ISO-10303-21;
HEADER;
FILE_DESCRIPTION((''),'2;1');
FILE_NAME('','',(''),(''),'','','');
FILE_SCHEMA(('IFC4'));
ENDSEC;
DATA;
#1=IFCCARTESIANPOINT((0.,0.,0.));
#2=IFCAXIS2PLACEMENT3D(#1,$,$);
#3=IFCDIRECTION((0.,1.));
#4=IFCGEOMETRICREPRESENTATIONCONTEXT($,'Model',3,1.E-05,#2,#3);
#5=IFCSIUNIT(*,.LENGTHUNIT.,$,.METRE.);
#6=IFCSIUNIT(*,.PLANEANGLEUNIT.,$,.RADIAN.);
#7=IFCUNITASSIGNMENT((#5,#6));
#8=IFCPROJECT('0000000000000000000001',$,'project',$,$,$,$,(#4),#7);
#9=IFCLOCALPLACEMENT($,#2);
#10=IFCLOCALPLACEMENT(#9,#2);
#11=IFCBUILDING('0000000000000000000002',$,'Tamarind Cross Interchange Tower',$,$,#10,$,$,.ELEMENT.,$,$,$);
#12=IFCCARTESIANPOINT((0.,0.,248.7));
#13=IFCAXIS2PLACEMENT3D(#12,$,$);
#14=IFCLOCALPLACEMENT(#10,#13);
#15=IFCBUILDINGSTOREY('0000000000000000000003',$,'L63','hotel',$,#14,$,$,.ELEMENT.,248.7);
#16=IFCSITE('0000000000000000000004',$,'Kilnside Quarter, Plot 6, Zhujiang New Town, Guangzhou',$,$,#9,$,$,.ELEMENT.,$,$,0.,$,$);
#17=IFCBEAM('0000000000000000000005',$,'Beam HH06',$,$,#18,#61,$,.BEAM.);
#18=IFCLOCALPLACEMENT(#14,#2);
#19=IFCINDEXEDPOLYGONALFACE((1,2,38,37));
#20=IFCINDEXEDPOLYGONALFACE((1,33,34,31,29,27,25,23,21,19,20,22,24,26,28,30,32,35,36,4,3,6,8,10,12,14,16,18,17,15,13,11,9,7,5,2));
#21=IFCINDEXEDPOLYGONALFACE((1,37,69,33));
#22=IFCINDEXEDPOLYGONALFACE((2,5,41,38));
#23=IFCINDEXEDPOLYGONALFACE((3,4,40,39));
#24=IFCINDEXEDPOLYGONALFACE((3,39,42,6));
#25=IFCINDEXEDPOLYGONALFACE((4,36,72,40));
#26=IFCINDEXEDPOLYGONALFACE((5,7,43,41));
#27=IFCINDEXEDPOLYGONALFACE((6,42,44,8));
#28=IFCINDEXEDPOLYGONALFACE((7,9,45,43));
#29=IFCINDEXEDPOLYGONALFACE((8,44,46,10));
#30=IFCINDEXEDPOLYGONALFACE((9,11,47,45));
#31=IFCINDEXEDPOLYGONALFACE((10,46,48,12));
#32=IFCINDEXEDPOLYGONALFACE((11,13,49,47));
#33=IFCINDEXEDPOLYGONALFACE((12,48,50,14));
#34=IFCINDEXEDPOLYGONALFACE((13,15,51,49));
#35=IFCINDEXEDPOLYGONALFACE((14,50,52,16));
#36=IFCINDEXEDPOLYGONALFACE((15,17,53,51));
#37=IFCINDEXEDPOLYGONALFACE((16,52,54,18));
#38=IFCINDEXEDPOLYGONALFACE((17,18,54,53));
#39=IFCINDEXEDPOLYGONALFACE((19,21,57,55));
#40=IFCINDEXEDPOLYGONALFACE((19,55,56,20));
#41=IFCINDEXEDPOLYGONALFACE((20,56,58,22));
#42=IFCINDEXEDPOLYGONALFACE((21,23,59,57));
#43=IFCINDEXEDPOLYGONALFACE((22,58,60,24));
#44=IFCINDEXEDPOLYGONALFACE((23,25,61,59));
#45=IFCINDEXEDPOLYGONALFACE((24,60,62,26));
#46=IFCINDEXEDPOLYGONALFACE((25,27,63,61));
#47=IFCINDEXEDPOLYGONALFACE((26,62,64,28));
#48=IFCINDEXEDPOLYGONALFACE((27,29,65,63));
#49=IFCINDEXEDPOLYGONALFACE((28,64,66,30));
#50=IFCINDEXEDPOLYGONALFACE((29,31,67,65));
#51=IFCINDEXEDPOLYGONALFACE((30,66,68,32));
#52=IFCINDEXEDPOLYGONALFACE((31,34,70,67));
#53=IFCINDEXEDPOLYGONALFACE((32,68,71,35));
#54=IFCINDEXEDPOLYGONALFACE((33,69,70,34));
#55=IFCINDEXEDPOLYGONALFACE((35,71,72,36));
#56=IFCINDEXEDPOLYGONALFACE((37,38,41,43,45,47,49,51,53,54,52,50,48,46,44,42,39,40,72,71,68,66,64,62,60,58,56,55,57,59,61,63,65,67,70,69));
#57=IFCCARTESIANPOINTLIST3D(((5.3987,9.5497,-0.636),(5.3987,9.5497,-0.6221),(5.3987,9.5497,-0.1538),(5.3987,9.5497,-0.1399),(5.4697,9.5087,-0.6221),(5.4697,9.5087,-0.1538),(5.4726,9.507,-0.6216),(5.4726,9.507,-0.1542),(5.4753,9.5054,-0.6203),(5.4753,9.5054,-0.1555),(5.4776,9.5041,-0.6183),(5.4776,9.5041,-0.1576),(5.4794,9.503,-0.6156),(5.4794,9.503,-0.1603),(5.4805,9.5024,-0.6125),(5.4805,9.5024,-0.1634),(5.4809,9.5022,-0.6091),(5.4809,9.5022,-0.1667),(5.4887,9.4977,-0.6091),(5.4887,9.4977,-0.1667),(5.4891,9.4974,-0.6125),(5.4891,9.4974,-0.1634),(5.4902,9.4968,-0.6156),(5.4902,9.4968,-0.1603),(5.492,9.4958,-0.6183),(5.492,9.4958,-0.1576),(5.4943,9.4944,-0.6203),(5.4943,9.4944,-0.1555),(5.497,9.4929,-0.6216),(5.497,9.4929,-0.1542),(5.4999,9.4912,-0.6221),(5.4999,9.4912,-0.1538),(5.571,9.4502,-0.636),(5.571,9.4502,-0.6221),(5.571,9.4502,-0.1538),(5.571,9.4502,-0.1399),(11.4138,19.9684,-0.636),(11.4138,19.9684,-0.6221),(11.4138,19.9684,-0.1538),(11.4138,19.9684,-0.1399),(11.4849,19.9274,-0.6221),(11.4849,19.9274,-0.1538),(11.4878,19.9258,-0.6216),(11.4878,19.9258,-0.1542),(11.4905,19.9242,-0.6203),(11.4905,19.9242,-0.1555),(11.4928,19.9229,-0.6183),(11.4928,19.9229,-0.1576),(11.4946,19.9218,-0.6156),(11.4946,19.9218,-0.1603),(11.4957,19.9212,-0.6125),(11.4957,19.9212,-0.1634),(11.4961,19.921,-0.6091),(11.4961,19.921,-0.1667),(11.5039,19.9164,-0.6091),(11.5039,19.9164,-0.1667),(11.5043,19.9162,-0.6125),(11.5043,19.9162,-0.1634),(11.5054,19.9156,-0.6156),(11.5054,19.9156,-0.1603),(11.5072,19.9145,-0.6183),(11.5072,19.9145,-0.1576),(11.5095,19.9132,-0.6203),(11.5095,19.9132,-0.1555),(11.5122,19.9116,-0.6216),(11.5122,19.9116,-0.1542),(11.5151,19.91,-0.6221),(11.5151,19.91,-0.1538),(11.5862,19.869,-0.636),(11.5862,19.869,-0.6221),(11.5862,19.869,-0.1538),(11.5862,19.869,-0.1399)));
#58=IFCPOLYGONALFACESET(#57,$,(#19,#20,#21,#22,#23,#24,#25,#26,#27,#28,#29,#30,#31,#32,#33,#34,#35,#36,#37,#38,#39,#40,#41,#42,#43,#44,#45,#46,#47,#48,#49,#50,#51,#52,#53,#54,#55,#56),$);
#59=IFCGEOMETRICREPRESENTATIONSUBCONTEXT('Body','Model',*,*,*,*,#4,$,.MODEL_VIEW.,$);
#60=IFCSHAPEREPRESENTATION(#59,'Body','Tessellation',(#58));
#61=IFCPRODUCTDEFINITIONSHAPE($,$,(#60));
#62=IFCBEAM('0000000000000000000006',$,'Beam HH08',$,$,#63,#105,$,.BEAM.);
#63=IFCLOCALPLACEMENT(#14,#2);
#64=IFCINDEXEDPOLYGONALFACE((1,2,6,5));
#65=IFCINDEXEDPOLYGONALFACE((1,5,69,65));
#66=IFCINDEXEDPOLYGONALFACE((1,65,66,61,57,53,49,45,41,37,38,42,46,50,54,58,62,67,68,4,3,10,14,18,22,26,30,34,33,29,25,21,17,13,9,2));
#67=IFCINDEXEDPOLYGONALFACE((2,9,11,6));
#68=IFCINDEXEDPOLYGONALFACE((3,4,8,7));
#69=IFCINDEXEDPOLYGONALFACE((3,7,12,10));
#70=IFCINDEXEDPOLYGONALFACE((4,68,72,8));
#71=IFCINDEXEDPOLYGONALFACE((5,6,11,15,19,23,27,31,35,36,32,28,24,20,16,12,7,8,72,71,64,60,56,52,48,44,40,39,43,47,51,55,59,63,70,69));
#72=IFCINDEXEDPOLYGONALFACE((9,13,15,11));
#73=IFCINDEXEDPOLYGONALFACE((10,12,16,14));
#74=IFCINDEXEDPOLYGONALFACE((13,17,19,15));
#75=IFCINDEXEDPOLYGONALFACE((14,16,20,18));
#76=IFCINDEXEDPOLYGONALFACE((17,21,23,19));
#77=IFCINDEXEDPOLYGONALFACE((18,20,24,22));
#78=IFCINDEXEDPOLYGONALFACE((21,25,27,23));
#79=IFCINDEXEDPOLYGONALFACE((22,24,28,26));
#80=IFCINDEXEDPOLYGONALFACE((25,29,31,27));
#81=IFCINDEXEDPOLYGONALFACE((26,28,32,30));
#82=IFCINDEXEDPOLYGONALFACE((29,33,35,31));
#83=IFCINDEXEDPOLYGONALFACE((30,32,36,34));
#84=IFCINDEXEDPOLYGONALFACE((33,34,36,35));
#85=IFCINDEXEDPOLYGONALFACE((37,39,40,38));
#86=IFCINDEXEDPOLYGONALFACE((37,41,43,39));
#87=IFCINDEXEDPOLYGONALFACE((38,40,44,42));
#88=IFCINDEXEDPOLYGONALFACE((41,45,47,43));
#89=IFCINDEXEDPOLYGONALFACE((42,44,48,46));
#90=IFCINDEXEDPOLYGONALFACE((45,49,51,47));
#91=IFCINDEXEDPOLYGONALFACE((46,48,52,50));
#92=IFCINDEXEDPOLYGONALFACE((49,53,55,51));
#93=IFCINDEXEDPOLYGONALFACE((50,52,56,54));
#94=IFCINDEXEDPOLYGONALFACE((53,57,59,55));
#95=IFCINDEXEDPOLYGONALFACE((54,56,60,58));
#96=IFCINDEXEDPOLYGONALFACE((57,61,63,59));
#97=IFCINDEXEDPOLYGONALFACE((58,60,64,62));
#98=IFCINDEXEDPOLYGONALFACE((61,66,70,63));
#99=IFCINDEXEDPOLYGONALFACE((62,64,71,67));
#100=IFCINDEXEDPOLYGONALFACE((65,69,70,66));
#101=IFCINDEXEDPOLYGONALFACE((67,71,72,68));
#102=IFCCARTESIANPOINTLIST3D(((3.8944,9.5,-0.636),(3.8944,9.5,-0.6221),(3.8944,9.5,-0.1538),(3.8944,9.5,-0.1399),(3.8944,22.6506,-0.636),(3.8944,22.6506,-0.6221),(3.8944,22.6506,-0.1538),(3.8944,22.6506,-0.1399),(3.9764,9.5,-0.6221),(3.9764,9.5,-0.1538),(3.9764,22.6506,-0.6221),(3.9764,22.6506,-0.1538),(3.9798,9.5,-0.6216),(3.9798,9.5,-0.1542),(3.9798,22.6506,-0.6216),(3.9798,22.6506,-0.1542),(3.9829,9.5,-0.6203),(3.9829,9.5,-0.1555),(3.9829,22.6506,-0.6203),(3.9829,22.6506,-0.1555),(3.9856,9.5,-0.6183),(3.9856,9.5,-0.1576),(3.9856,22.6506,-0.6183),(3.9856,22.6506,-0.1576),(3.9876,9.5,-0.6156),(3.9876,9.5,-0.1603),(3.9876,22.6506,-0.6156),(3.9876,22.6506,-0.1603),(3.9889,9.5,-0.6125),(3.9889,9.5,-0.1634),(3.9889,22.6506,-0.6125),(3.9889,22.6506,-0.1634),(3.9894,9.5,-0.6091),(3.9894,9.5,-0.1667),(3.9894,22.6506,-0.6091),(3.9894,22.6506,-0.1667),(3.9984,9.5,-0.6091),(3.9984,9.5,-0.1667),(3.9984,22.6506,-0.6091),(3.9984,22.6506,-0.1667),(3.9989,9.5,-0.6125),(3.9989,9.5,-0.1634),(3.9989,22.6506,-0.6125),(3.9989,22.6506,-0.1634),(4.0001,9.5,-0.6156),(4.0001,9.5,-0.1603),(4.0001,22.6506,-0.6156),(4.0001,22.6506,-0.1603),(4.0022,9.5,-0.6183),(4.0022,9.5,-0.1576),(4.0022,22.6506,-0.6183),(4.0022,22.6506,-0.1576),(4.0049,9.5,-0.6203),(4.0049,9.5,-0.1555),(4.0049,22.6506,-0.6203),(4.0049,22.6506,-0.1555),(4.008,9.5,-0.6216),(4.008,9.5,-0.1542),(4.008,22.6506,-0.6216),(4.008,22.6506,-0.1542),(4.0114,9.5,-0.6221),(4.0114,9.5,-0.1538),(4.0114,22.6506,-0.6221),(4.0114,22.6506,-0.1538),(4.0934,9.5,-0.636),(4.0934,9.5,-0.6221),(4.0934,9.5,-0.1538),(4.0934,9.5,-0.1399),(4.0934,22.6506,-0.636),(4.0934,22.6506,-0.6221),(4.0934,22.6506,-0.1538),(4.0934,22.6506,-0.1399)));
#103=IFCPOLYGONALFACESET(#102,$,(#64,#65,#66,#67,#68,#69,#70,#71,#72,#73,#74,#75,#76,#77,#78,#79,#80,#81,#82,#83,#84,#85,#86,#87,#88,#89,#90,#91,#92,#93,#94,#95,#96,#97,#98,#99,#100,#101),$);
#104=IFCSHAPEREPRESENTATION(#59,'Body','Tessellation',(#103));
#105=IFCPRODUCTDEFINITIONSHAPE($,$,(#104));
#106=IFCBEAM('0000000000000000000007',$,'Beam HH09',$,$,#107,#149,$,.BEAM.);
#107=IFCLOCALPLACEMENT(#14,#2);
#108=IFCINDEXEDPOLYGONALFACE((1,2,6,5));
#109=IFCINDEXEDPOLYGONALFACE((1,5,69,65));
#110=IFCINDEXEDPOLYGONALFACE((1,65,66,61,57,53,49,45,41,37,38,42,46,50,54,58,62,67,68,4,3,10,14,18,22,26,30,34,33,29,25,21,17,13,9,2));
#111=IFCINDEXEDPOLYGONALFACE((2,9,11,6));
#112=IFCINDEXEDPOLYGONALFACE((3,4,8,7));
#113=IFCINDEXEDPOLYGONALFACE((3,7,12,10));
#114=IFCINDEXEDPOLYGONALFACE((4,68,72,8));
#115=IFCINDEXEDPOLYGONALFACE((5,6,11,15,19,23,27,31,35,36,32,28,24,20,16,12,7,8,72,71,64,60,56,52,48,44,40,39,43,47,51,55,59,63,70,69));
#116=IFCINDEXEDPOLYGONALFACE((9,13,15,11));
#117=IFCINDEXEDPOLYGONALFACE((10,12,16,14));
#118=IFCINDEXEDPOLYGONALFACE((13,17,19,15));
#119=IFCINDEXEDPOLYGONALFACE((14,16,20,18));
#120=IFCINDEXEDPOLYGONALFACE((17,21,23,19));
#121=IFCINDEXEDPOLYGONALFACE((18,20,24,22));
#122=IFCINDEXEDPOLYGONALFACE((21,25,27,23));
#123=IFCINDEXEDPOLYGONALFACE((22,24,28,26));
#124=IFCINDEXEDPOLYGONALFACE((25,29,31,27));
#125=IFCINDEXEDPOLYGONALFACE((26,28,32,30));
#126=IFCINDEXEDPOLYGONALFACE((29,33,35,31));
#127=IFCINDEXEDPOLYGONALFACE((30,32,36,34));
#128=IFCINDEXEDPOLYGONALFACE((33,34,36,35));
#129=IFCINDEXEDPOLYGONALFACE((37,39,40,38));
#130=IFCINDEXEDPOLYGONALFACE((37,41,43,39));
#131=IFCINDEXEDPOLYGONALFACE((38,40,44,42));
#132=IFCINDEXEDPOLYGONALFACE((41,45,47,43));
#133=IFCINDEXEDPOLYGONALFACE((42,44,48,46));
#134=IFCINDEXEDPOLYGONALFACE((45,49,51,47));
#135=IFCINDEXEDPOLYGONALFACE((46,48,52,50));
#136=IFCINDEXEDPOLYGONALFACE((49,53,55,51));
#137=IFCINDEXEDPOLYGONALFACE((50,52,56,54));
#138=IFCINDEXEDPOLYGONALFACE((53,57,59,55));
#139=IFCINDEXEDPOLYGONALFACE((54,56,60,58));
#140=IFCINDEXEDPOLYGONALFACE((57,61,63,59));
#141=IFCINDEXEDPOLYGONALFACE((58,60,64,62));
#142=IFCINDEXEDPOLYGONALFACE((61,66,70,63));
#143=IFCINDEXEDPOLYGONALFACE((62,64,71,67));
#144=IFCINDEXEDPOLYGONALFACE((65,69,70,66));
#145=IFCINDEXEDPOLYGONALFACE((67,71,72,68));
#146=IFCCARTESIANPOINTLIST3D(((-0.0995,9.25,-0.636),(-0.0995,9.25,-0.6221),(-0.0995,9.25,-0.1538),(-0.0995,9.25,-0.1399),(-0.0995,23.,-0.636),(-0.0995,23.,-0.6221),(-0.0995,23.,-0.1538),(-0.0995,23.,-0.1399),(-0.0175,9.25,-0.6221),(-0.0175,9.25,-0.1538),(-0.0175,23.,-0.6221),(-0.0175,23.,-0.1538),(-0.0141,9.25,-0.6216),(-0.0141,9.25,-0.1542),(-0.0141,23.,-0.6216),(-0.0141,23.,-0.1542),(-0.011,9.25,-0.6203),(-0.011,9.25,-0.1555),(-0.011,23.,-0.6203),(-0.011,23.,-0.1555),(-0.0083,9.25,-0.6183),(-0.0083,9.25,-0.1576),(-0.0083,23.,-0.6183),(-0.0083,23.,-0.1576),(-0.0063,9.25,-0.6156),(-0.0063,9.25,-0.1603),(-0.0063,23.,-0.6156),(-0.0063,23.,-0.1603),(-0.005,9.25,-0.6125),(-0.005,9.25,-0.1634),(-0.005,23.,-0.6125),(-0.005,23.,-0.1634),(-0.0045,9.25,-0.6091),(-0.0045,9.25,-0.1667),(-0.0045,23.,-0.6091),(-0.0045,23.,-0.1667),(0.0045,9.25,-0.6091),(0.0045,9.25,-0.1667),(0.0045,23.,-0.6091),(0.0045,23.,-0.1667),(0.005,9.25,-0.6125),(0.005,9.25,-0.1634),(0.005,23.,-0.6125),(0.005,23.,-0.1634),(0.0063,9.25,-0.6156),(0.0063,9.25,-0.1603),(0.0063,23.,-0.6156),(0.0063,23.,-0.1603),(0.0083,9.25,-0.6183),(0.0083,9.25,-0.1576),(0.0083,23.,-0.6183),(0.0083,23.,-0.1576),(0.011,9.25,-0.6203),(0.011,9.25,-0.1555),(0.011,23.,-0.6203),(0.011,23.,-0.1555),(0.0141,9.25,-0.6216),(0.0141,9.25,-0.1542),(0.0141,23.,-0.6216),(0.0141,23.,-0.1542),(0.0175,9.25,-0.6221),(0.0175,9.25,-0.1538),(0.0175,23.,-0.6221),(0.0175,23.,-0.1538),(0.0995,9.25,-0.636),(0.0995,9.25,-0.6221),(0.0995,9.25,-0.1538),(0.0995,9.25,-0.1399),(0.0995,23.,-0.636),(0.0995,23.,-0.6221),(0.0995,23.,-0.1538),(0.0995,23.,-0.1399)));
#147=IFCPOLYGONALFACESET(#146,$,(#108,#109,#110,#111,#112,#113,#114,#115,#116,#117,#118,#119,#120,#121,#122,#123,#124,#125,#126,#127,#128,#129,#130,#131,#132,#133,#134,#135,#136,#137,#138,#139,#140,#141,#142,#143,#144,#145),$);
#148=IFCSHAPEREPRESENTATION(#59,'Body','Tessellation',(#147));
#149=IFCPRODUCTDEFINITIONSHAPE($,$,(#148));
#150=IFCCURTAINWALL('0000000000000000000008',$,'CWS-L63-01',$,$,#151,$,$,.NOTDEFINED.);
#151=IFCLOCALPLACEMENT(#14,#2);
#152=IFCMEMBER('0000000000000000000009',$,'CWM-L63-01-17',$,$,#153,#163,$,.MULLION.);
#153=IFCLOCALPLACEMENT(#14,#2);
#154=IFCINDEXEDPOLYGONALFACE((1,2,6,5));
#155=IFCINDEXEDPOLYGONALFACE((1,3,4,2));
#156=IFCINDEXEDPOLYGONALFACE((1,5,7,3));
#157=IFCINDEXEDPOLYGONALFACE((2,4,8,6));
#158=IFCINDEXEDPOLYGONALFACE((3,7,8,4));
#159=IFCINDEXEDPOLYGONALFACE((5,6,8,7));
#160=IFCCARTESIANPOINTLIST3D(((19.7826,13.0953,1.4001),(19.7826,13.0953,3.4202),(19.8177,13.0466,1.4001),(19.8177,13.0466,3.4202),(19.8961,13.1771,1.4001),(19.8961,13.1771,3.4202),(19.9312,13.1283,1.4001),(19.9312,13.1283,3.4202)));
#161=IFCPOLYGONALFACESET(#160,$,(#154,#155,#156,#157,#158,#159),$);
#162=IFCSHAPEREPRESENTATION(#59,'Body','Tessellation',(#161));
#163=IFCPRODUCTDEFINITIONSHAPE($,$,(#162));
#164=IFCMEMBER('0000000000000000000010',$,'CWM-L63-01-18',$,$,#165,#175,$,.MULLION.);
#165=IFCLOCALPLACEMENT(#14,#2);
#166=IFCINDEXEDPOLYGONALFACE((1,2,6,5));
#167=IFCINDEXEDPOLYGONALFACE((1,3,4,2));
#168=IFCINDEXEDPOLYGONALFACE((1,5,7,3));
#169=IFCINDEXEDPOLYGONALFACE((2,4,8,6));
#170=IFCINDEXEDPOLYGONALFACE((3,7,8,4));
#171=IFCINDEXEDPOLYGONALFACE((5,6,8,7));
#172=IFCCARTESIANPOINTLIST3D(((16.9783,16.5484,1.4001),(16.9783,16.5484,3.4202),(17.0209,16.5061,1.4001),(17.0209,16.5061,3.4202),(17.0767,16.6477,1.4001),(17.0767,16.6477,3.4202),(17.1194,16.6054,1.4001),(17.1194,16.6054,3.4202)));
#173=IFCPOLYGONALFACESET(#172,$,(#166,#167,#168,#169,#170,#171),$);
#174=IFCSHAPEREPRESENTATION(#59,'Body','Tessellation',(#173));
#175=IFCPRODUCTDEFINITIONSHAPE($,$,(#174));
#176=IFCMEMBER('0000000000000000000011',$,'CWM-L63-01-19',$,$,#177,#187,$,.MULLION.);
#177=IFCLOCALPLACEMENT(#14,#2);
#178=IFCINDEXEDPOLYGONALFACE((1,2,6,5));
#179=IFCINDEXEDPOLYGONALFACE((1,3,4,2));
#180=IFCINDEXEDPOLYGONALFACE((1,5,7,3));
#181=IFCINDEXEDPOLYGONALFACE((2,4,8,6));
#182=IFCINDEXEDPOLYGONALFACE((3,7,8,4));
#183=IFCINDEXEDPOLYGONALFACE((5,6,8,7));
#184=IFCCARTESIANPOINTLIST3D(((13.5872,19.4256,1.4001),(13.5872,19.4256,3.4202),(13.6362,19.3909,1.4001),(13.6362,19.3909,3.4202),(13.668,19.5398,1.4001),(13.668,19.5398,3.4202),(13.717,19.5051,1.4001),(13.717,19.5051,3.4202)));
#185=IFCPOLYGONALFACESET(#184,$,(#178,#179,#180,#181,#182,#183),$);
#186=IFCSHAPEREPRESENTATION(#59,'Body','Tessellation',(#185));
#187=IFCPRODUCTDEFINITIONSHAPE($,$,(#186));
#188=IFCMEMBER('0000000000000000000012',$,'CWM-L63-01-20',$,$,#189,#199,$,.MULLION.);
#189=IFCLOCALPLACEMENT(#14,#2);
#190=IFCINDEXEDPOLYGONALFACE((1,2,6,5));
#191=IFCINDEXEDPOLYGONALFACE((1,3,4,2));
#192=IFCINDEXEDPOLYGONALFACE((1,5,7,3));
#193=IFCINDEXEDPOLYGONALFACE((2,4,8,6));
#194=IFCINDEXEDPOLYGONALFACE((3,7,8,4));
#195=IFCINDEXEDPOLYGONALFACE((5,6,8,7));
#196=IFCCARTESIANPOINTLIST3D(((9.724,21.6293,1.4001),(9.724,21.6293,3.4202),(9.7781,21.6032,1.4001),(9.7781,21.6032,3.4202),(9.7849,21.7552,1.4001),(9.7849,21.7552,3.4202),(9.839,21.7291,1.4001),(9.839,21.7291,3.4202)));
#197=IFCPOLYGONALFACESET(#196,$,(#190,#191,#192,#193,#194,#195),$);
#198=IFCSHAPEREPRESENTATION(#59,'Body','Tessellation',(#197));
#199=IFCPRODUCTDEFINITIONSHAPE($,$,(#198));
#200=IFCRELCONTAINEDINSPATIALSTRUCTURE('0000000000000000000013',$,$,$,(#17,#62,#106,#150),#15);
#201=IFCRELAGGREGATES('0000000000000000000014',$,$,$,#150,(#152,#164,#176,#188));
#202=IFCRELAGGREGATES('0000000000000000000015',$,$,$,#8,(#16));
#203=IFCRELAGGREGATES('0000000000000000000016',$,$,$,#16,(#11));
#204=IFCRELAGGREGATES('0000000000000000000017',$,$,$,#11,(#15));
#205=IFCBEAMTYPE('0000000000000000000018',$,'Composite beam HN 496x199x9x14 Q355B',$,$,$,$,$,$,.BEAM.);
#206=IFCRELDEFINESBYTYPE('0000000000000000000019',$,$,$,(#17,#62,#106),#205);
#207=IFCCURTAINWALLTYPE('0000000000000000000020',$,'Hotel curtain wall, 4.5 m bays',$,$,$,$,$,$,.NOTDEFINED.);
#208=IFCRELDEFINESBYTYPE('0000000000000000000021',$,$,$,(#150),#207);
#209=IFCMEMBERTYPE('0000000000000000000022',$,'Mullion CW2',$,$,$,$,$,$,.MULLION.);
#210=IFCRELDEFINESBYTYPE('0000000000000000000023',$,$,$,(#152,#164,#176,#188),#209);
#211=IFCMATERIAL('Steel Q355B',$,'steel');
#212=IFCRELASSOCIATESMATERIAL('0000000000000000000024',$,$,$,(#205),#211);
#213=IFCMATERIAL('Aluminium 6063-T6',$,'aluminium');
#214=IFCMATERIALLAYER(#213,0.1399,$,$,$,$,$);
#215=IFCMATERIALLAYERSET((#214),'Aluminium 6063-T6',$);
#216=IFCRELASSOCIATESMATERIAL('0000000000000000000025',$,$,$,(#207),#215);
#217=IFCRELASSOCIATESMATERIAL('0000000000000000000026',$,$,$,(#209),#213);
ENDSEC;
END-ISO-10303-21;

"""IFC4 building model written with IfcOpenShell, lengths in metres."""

from ifc_helpers import new_model, si_unit, direction, frame, origin, origin_2d, place, context, subcontext, project, spatial, rectangle, i_section, extrude, material, layer, layer_set, material_profile, profile_set, type_object, element, aggregate, save


model = new_model("IFC4")

# Units and contexts
model_context = context("Model", 3, precision=1e-05, world=origin(), true_north=direction((0.0, 1.0)))
body_context = subcontext(model_context, "Body", "Model", "MODEL_VIEW")
ifc_project = project(units=[si_unit("LENGTHUNIT", "METRE"), si_unit("PLANEANGLEUNIT", "RADIAN")], contexts=[model_context])

# Site, building, storey
site_placement = place(None, origin())
site = spatial("IfcSite", under=ifc_project, at=site_placement, Name="Kilnside Quarter, Plot 6, Zhujiang New Town, Guangzhou", CompositionType="ELEMENT", RefElevation=0.0)
building_placement = place(site_placement, origin())
building = spatial("IfcBuilding", under=site, at=building_placement, Name="Tamarind Cross Interchange Tower", CompositionType="ELEMENT")
storey_placement = place(building_placement, frame((0.0, 0.0, 248.7)))
storey = spatial("IfcBuildingStorey", under=building, at=storey_placement, Name="L63", Description="hotel", CompositionType="ELEMENT", Elevation=248.7)

# Beams
ifc_material_1 = material(Name="Steel Q355B", Category="steel")
ifc_material_profile_1 = material_profile(ifc_material_1, i_section(OverallWidth=0.199, OverallDepth=0.4961, WebThickness=0.009, FlangeThickness=0.0139, FilletRadius=0.0129, at=origin_2d()), Name="HN 496x199x9x14")
ifc_profile_set_1 = profile_set([ifc_material_profile_1], Name="Steel Q355B")
beam_type = type_object("IfcBeamType", Name="Composite beam HN 496x199x9x14 Q355B", PredefinedType="BEAM", material=ifc_profile_set_1)
beam_1_placement = place(storey_placement, frame((11.5, 19.9187, -0.3879), z_axis=(-0.499994, -0.866029, 0.0), x_axis=(0.866029, -0.499994, 0.0)))
element("IfcBeam", 1, at=beam_1_placement, inside=storey, type_object=beam_type, Name="Beam HH06", PredefinedType="BEAM", context=body_context, shape_type="SweptSolid", body=[
    extrude(i_section(OverallWidth=0.199, OverallDepth=0.4961, WebThickness=0.009, FlangeThickness=0.0139, FilletRadius=0.0129, at=origin_2d()), origin(), (0.0, 0.0, 1.0), 12.0305),
])
beam_2_placement = place(storey_placement, frame((3.9939, 22.6506, -0.3879), z_axis=(0.0, -1.0, 0.0), x_axis=(1.0, 0.0, 0.0)))
element("IfcBeam", 2, at=beam_2_placement, inside=storey, type_object=beam_type, Name="Beam HH08", PredefinedType="BEAM", context=body_context, shape_type="SweptSolid", body=[
    extrude(i_section(OverallWidth=0.199, OverallDepth=0.4961, WebThickness=0.009, FlangeThickness=0.0139, FilletRadius=0.0129, at=origin_2d()), origin(), (0.0, 0.0, 1.0), 13.1506),
])
beam_3_placement = place(storey_placement, frame((0.0, 23.0, -0.3879), z_axis=(0.0, -1.0, 0.0), x_axis=(1.0, 0.0, 0.0)))
element("IfcBeam", 3, at=beam_3_placement, inside=storey, type_object=beam_type, Name="Beam HH09", PredefinedType="BEAM", context=body_context, shape_type="SweptSolid", body=[
    extrude(i_section(OverallWidth=0.199, OverallDepth=0.4961, WebThickness=0.009, FlangeThickness=0.0139, FilletRadius=0.0129, at=origin_2d()), origin(), (0.0, 0.0, 1.0), 13.75),
])

# Curtain wall, members
ifc_material_2 = material(Name="Aluminium 6063-T6", Category="aluminium")
ifc_layer_1 = layer(ifc_material_2, 0.1399)
ifc_layer_set_1 = layer_set([ifc_layer_1], Name="Aluminium 6063-T6")
curtain_wall_type = type_object("IfcCurtainWallType", Name="Hotel curtain wall, 4.5 m bays", PredefinedType="NOTDEFINED", material=ifc_layer_set_1)
curtain_wall_1_placement = place(storey_placement, origin())
curtain_wall_1 = element("IfcCurtainWall", 4, at=curtain_wall_1_placement, inside=storey, type_object=curtain_wall_type, Name="CWS-L63-01", PredefinedType="NOTDEFINED")
ifc_material_profile_2 = material_profile(ifc_material_2, rectangle(XDim=0.0601, YDim=0.1399, at=origin_2d()), Name="Mullion CW2")
ifc_profile_set_2 = profile_set([ifc_material_profile_2], Name="Aluminium 6063-T6")
member_type = type_object("IfcMemberType", Name="Mullion CW2", PredefinedType="MULLION", material=ifc_profile_set_2)
member_1_placement = place(storey_placement, frame((19.8569, 13.1118, 1.4001), z_axis=(0.0, 0.0, 1.0), x_axis=(-0.584574, 0.81134, 0.0)))
member_1 = element("IfcMember", 5, at=member_1_placement, type_object=member_type, Name="CWM-L63-01-17", PredefinedType="MULLION", context=body_context, shape_type="SweptSolid", body=[
    extrude(rectangle(XDim=0.0601, YDim=0.1399, at=origin_2d()), origin(), (0.0, 0.0, 1.0), 2.02),
])
member_2_placement = place(storey_placement, frame((17.0488, 16.5769, 1.4001), z_axis=(0.0, 0.0, 1.0), x_axis=(-0.710143, 0.704057, 0.0)))
member_2 = element("IfcMember", 6, at=member_2_placement, type_object=member_type, Name="CWM-L63-01-18", PredefinedType="MULLION", context=body_context, shape_type="SweptSolid", body=[
    extrude(rectangle(XDim=0.0601, YDim=0.1399, at=origin_2d()), origin(), (0.0, 0.0, 1.0), 2.02),
])
member_3_placement = place(storey_placement, frame((13.6521, 19.4653, 1.4001), z_axis=(0.0, 0.0, 1.0), x_axis=(-0.816342, 0.577569, 0.0)))
member_3 = element("IfcMember", 7, at=member_3_placement, type_object=member_type, Name="CWM-L63-01-19", PredefinedType="MULLION", context=body_context, shape_type="SweptSolid", body=[
    extrude(rectangle(XDim=0.0601, YDim=0.1399, at=origin_2d()), origin(), (0.0, 0.0, 1.0), 2.02),
])
member_4_placement = place(storey_placement, frame((9.7815, 21.6792, 1.4001), z_axis=(0.0, 0.0, 1.0), x_axis=(-0.900273, 0.435326, 0.0)))
member_4 = element("IfcMember", 8, at=member_4_placement, type_object=member_type, Name="CWM-L63-01-20", PredefinedType="MULLION", context=body_context, shape_type="SweptSolid", body=[
    extrude(rectangle(XDim=0.0601, YDim=0.1399, at=origin_2d()), origin(), (0.0, 0.0, 1.0), 2.02),
])
aggregate(curtain_wall_1, [member_1, member_2, member_3, member_4])

save(model, "model.ifc")
